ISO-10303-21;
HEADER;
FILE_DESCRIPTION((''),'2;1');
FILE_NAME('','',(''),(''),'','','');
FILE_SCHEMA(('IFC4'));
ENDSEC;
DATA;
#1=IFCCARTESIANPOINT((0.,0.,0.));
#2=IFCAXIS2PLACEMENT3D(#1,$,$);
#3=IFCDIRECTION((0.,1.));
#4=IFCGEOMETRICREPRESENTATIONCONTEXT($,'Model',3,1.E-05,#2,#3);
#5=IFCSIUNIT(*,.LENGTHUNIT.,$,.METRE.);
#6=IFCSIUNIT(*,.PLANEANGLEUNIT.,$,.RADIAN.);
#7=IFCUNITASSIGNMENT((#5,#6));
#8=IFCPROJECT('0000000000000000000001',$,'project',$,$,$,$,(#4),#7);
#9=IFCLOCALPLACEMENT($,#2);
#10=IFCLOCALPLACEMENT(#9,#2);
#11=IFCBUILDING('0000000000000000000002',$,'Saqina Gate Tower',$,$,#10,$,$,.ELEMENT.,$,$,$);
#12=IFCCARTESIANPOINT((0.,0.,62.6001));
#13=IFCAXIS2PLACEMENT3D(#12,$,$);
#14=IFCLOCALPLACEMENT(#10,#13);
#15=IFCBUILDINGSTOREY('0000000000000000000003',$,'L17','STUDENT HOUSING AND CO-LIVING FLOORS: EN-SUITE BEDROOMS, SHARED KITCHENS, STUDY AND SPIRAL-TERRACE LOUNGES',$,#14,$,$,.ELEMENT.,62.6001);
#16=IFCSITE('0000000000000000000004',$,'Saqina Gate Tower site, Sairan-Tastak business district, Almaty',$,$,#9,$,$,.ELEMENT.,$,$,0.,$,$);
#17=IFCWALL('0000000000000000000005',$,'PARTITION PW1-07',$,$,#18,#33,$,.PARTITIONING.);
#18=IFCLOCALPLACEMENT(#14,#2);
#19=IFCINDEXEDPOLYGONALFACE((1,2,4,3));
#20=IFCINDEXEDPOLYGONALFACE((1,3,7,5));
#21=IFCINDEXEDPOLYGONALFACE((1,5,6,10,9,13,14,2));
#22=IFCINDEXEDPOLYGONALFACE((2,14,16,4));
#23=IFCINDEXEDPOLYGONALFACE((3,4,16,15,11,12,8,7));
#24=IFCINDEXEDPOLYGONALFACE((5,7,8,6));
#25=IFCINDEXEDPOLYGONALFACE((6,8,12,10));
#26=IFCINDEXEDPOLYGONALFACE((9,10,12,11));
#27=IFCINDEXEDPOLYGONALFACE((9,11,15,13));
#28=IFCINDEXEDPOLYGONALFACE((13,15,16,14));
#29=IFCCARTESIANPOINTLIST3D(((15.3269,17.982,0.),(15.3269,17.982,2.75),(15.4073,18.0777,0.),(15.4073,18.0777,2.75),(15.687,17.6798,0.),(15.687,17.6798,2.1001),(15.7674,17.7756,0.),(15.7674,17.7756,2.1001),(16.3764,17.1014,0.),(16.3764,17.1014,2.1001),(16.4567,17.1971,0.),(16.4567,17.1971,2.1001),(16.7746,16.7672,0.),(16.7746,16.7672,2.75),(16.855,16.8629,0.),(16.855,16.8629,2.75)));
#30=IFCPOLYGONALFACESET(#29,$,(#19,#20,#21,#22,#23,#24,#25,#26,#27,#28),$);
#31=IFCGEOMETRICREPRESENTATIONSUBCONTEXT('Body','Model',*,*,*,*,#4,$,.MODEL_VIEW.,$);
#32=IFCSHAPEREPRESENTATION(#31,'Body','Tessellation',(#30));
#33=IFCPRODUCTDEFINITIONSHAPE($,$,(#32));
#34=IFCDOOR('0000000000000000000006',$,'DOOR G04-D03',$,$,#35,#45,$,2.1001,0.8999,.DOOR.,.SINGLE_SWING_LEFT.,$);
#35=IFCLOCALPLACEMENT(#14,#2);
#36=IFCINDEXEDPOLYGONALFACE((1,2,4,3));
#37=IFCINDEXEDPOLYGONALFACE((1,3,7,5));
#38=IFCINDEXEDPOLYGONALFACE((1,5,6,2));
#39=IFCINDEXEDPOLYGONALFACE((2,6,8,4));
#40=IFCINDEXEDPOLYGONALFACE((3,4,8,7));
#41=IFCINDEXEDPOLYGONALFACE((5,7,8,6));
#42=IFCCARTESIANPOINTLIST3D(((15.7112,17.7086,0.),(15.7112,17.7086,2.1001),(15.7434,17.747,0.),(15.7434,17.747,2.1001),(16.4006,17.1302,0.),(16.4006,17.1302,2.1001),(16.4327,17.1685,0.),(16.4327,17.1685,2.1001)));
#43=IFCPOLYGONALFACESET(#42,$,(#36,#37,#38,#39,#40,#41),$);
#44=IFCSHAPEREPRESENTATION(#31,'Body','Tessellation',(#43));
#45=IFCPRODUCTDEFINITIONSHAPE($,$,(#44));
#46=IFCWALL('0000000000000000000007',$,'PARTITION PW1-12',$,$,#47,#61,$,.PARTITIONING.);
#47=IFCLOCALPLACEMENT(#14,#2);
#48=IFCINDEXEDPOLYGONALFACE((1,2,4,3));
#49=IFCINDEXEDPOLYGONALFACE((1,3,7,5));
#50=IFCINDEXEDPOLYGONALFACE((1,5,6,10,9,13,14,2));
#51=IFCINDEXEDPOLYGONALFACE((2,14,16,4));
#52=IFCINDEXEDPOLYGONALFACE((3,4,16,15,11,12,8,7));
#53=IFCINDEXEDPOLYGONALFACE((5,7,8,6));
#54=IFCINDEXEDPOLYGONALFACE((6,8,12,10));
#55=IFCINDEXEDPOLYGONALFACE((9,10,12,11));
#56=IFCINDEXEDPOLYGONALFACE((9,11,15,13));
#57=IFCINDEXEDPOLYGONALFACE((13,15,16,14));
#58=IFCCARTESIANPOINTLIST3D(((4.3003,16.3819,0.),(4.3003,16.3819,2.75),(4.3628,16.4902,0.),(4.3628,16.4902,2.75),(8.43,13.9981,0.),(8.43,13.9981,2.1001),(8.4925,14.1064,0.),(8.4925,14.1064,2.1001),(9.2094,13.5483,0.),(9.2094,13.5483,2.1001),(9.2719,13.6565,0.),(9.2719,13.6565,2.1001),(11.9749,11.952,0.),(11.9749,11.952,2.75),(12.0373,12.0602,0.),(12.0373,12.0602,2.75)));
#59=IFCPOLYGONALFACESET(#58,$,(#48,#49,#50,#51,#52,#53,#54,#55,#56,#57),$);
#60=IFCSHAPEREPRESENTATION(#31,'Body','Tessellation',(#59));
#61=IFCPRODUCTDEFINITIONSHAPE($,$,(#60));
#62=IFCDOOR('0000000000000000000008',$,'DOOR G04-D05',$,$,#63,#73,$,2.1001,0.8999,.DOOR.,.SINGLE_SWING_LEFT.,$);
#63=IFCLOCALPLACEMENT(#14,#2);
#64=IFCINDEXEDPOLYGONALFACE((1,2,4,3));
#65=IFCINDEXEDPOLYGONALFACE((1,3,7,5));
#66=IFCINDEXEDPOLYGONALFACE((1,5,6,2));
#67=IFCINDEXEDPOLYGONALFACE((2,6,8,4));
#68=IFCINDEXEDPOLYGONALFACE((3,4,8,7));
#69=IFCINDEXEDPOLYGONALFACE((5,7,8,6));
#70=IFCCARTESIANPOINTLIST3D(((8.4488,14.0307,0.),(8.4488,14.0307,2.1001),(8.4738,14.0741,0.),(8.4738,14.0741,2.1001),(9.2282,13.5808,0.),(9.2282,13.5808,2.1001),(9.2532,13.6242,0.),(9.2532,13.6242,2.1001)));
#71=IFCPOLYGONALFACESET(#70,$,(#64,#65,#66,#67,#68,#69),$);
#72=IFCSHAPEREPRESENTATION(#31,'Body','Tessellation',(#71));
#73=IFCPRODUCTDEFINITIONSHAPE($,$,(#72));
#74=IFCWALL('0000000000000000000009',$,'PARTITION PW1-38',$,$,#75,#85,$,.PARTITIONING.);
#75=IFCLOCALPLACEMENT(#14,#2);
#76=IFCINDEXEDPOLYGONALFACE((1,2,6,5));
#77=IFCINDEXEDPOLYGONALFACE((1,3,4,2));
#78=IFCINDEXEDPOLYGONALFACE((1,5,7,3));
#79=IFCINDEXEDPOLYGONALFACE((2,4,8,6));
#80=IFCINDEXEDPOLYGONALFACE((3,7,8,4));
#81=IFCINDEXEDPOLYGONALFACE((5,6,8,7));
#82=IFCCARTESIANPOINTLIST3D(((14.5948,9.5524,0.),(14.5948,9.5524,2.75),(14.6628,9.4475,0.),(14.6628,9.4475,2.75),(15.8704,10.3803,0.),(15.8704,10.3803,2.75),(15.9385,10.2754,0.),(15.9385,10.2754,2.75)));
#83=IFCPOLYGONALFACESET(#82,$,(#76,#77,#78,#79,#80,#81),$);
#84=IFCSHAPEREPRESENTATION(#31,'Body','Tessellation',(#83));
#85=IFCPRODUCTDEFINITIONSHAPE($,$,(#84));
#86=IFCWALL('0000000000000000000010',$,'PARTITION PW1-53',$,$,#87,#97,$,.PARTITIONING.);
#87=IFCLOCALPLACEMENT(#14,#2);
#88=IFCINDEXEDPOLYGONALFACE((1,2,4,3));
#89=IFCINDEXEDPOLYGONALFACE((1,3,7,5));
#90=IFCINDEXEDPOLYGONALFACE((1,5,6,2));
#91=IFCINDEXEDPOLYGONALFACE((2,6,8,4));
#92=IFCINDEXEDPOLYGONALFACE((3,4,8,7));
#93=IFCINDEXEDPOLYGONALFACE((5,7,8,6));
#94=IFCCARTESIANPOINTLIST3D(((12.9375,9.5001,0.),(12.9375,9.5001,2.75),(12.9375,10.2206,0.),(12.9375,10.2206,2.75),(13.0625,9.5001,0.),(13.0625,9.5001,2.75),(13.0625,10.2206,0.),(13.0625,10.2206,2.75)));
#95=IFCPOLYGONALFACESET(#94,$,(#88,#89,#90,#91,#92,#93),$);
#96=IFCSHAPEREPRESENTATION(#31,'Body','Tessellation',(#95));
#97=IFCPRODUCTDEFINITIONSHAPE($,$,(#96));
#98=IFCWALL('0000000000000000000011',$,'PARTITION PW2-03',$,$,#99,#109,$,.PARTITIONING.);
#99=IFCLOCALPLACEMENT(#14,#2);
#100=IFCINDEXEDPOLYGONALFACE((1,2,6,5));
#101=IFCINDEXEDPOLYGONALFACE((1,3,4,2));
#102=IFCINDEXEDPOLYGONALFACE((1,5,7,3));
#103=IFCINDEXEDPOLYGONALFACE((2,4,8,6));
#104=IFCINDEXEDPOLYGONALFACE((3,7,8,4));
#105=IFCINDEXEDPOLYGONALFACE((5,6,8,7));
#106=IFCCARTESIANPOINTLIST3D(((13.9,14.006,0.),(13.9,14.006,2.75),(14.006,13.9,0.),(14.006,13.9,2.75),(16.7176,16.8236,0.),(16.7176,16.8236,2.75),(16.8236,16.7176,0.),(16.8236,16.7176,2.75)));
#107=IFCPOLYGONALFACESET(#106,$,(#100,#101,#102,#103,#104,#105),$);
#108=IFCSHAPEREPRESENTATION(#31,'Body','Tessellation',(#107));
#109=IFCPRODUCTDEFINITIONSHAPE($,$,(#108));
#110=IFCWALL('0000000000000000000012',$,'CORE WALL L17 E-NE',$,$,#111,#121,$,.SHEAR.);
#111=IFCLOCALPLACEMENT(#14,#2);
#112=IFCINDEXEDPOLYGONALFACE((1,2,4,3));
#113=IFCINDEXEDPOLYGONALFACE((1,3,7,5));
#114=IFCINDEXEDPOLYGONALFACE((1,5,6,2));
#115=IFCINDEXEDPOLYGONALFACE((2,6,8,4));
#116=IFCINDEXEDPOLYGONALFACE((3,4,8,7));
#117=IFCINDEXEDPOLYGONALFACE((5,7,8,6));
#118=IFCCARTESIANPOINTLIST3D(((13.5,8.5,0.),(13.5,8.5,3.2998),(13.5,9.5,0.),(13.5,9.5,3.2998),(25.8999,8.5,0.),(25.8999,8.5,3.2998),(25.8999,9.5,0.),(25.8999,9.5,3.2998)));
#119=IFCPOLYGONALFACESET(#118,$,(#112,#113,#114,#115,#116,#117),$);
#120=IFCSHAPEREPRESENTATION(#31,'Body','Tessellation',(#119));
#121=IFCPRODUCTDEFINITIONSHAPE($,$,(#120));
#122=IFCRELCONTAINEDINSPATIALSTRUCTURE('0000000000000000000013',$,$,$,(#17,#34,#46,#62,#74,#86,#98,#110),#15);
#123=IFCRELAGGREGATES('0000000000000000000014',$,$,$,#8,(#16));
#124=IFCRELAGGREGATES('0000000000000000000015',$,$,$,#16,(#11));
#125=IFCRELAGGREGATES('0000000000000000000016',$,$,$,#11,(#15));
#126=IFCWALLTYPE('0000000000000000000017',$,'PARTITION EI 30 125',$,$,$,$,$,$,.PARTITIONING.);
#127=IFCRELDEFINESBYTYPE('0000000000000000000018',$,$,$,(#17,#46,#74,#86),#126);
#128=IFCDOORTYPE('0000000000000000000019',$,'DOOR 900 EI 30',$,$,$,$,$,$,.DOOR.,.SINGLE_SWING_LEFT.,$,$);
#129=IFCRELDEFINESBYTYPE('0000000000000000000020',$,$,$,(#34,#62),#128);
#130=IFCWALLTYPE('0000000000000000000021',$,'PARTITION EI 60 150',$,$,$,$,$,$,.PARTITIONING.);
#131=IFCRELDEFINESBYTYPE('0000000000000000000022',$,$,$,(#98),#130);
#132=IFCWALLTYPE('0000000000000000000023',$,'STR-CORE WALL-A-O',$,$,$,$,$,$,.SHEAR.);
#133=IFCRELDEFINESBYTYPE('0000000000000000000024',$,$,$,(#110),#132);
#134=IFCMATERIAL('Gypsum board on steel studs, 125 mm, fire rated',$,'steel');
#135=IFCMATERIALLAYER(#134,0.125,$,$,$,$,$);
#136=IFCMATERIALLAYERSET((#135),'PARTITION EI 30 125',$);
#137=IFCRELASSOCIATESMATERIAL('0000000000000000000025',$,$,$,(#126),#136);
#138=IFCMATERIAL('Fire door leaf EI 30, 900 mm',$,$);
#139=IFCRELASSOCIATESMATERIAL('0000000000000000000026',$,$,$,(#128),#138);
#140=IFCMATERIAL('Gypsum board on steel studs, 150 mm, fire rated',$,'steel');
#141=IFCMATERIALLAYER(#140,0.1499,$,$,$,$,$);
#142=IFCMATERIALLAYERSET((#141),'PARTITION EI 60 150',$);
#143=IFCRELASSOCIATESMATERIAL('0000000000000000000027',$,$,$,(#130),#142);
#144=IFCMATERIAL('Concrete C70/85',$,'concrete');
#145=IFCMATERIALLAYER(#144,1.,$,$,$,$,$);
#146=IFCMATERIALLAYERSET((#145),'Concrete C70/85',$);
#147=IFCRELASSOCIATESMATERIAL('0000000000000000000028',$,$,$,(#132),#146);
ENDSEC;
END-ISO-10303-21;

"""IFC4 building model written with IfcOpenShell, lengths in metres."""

from ifc_helpers import new_model, si_unit, direction, frame, frame_2d, origin, place, context, subcontext, project, spatial, rectangle, extrude, material, layer, layer_set, type_object, element, fill, save


model = new_model("IFC4")

# Units and contexts
model_context = context("Model", 3, precision=1e-05, world=origin(), true_north=direction((0.0, 1.0)))
body_context = subcontext(model_context, "Body", "Model", "MODEL_VIEW")
ifc_project = project(units=[si_unit("LENGTHUNIT", "METRE"), si_unit("PLANEANGLEUNIT", "RADIAN")], contexts=[model_context])

# Site, building, storey
site_placement = place(None, origin())
site = spatial("IfcSite", under=ifc_project, at=site_placement, Name="Saqina Gate Tower site, Sairan-Tastak business district, Almaty", CompositionType="ELEMENT", RefElevation=0.0)
building_placement = place(site_placement, origin())
building = spatial("IfcBuilding", under=site, at=building_placement, Name="Saqina Gate Tower", CompositionType="ELEMENT")
storey_placement = place(building_placement, frame((0.0, 0.0, 62.6001)))
storey = spatial("IfcBuildingStorey", under=building, at=storey_placement, Name="L17", Description="STUDENT HOUSING AND CO-LIVING FLOORS: EN-SUITE BEDROOMS, SHARED KITCHENS, STUDY AND SPIRAL-TERRACE LOUNGES", CompositionType="ELEMENT", Elevation=62.6001)

# Shared definitions
ifc_material_1 = material(Name="Gypsum board on steel studs, 125 mm, fire rated", Category="steel")
ifc_layer_1 = layer(ifc_material_1, 0.125)
ifc_layer_set_1 = layer_set([ifc_layer_1], Name="PARTITION EI 30 125")
wall_type_1 = type_object("IfcWallType", Name="PARTITION EI 30 125", PredefinedType="PARTITIONING", material=ifc_layer_set_1)

# Walls, openings, doors
wall_1_placement = place(storey_placement, frame((15.3672, 18.0298, 0.0), z_axis=(0.0, 0.0, 1.0), x_axis=(0.766036, -0.642798, 0.0)))
wall_1 = element("IfcWall", 1, at=wall_1_placement, inside=storey, type_object=wall_type_1, Name="PARTITION PW1-07", PredefinedType="PARTITIONING", context=body_context, shape_type="SweptSolid", body=[
    extrude(rectangle(XDim=1.8899, YDim=0.125, at=frame_2d((0.9448, 0.0))), origin(), (0.0, 0.0, 1.0), 2.75),
])
opening_1_placement = place(wall_1_placement, frame((0.47, 0.0, 0.0)))
opening_1 = element("IfcOpeningElement", 2, at=opening_1_placement, cuts=wall_1, PredefinedType="OPENING", context=body_context, shape_type="SweptSolid", body=[
    extrude(rectangle(XDim=0.8999, YDim=2.1001, at=frame_2d((0.45, 1.05))), frame((0.0, 0.0745, 0.0), z_axis=(0.0, -1.0, 0.0), x_axis=(1.0, 0.0, 0.0)), (0.0, 0.0, 1.0), 0.1489),
])
ifc_material_2 = material(Name="Fire door leaf EI 30, 900 mm")
door_type_1 = type_object("IfcDoorType", Name="DOOR 900 EI 30", OperationType="SINGLE_SWING_LEFT", PredefinedType="DOOR", material=ifc_material_2)
door_1_placement = place(opening_1_placement, frame((0.8999, 0.0, 0.0), z_axis=(0.0, 0.0, 1.0), x_axis=(-1.0, 0.0, 0.0)))
door_1 = element("IfcDoor", 3, at=door_1_placement, inside=storey, type_object=door_type_1, Name="DOOR G04-D03", OperationType="SINGLE_SWING_LEFT", OverallHeight=2.1001, OverallWidth=0.8999, PredefinedType="DOOR", context=body_context, shape_type="SweptSolid", body=[
    extrude(rectangle(XDim=0.8999, YDim=2.1001, at=frame_2d((0.45, 1.05))), frame((0.0, 0.0249, 0.0), z_axis=(0.0, -1.0, 0.0), x_axis=(1.0, 0.0, 0.0)), (0.0, 0.0, 1.0), 0.05),
])
fill(opening_1, door_1)
wall_2_placement = place(storey_placement, frame((4.3315, 16.436, 0.0), z_axis=(0.0, 0.0, 1.0), x_axis=(0.866073, -0.499917, 0.0)))
wall_2 = element("IfcWall", 4, at=wall_2_placement, inside=storey, type_object=wall_type_1, Name="PARTITION PW1-12", PredefinedType="PARTITIONING", context=body_context, shape_type="SweptSolid", body=[
    extrude(rectangle(XDim=8.8613, YDim=0.125, at=frame_2d((4.4307, 0.0))), origin(), (0.0, 0.0, 1.0), 2.75),
])
opening_2_placement = place(wall_2_placement, frame((4.7683, 0.0, 0.0)))
opening_2 = element("IfcOpeningElement", 5, at=opening_2_placement, cuts=wall_2, PredefinedType="OPENING", context=body_context, shape_type="SweptSolid", body=[
    extrude(rectangle(XDim=0.8999, YDim=2.1001, at=frame_2d((0.45, 1.05))), frame((0.0, 0.0745, 0.0), z_axis=(0.0, -1.0, 0.0), x_axis=(1.0, 0.0, 0.0)), (0.0, 0.0, 1.0), 0.1489),
])
door_2_placement = place(opening_2_placement, frame((0.8999, 0.0, 0.0), z_axis=(0.0, 0.0, 1.0), x_axis=(-1.0, 0.0, 0.0)))
door_2 = element("IfcDoor", 6, at=door_2_placement, inside=storey, type_object=door_type_1, Name="DOOR G04-D05", OperationType="SINGLE_SWING_LEFT", OverallHeight=2.1001, OverallWidth=0.8999, PredefinedType="DOOR", context=body_context, shape_type="SweptSolid", body=[
    extrude(rectangle(XDim=0.8999, YDim=2.1001, at=frame_2d((0.45, 1.05))), frame((0.0, 0.0249, 0.0), z_axis=(0.0, -1.0, 0.0), x_axis=(1.0, 0.0, 0.0)), (0.0, 0.0, 1.0), 0.05),
])
fill(opening_2, door_2)

# Walls
wall_3_placement = place(storey_placement, frame((14.6289, 9.5, 0.0), z_axis=(0.0, 0.0, 1.0), x_axis=(0.838829, 0.544396, 0.0)))
element("IfcWall", 7, at=wall_3_placement, inside=storey, type_object=wall_type_1, Name="PARTITION PW1-38", PredefinedType="PARTITIONING", context=body_context, shape_type="SweptSolid", body=[
    extrude(rectangle(XDim=1.5208, YDim=0.125, at=frame_2d((0.7603, 0.0))), origin(), (0.0, 0.0, 1.0), 2.75),
])
wall_4_placement = place(storey_placement, frame((13.0, 9.5, 0.0), z_axis=(0.0, 0.0, 1.0), x_axis=(0.0, 1.0, 0.0)))
element("IfcWall", 8, at=wall_4_placement, inside=storey, type_object=wall_type_1, Name="PARTITION PW1-53", PredefinedType="PARTITIONING", context=body_context, shape_type="SweptSolid", body=[
    extrude(rectangle(XDim=0.7205, YDim=0.125, at=frame_2d((0.3604, 0.0))), origin(), (0.0, 0.0, 1.0), 2.75),
])
ifc_material_3 = material(Name="Gypsum board on steel studs, 150 mm, fire rated", Category="steel")
ifc_layer_2 = layer(ifc_material_3, 0.1499)
ifc_layer_set_2 = layer_set([ifc_layer_2], Name="PARTITION EI 60 150")
wall_type_2 = type_object("IfcWallType", Name="PARTITION EI 60 150", PredefinedType="PARTITIONING", material=ifc_layer_set_2)
wall_5_placement = place(storey_placement, frame((13.9531, 13.9531, 0.0), z_axis=(0.0, 0.0, 1.0), x_axis=(0.707107, 0.707107, 0.0)))
element("IfcWall", 9, at=wall_5_placement, inside=storey, type_object=wall_type_2, Name="PARTITION PW2-03", PredefinedType="PARTITIONING", context=body_context, shape_type="SweptSolid", body=[
    extrude(rectangle(XDim=3.9846, YDim=0.1499, at=frame_2d((1.9922, 0.0))), origin(), (0.0, 0.0, 1.0), 2.75),
])
ifc_material_4 = material(Name="Concrete C70/85", Category="concrete")
ifc_layer_3 = layer(ifc_material_4, 1.0)
ifc_layer_set_3 = layer_set([ifc_layer_3], Name="Concrete C70/85")
wall_type_3 = type_object("IfcWallType", Name="STR-CORE WALL-A-O", PredefinedType="SHEAR", material=ifc_layer_set_3)
wall_6_placement = place(storey_placement, frame((13.5, 9.0, 0.0), z_axis=(0.0, 0.0, 1.0), x_axis=(1.0, 0.0, 0.0)))
element("IfcWall", 10, at=wall_6_placement, inside=storey, type_object=wall_type_3, Name="CORE WALL L17 E-NE", PredefinedType="SHEAR", context=body_context, shape_type="SweptSolid", body=[
    extrude(rectangle(XDim=12.3999, YDim=1.0, at=frame_2d((6.2, 0.0))), origin(), (0.0, 0.0, 1.0), 3.2998),
])

save(model, "model.ifc")
